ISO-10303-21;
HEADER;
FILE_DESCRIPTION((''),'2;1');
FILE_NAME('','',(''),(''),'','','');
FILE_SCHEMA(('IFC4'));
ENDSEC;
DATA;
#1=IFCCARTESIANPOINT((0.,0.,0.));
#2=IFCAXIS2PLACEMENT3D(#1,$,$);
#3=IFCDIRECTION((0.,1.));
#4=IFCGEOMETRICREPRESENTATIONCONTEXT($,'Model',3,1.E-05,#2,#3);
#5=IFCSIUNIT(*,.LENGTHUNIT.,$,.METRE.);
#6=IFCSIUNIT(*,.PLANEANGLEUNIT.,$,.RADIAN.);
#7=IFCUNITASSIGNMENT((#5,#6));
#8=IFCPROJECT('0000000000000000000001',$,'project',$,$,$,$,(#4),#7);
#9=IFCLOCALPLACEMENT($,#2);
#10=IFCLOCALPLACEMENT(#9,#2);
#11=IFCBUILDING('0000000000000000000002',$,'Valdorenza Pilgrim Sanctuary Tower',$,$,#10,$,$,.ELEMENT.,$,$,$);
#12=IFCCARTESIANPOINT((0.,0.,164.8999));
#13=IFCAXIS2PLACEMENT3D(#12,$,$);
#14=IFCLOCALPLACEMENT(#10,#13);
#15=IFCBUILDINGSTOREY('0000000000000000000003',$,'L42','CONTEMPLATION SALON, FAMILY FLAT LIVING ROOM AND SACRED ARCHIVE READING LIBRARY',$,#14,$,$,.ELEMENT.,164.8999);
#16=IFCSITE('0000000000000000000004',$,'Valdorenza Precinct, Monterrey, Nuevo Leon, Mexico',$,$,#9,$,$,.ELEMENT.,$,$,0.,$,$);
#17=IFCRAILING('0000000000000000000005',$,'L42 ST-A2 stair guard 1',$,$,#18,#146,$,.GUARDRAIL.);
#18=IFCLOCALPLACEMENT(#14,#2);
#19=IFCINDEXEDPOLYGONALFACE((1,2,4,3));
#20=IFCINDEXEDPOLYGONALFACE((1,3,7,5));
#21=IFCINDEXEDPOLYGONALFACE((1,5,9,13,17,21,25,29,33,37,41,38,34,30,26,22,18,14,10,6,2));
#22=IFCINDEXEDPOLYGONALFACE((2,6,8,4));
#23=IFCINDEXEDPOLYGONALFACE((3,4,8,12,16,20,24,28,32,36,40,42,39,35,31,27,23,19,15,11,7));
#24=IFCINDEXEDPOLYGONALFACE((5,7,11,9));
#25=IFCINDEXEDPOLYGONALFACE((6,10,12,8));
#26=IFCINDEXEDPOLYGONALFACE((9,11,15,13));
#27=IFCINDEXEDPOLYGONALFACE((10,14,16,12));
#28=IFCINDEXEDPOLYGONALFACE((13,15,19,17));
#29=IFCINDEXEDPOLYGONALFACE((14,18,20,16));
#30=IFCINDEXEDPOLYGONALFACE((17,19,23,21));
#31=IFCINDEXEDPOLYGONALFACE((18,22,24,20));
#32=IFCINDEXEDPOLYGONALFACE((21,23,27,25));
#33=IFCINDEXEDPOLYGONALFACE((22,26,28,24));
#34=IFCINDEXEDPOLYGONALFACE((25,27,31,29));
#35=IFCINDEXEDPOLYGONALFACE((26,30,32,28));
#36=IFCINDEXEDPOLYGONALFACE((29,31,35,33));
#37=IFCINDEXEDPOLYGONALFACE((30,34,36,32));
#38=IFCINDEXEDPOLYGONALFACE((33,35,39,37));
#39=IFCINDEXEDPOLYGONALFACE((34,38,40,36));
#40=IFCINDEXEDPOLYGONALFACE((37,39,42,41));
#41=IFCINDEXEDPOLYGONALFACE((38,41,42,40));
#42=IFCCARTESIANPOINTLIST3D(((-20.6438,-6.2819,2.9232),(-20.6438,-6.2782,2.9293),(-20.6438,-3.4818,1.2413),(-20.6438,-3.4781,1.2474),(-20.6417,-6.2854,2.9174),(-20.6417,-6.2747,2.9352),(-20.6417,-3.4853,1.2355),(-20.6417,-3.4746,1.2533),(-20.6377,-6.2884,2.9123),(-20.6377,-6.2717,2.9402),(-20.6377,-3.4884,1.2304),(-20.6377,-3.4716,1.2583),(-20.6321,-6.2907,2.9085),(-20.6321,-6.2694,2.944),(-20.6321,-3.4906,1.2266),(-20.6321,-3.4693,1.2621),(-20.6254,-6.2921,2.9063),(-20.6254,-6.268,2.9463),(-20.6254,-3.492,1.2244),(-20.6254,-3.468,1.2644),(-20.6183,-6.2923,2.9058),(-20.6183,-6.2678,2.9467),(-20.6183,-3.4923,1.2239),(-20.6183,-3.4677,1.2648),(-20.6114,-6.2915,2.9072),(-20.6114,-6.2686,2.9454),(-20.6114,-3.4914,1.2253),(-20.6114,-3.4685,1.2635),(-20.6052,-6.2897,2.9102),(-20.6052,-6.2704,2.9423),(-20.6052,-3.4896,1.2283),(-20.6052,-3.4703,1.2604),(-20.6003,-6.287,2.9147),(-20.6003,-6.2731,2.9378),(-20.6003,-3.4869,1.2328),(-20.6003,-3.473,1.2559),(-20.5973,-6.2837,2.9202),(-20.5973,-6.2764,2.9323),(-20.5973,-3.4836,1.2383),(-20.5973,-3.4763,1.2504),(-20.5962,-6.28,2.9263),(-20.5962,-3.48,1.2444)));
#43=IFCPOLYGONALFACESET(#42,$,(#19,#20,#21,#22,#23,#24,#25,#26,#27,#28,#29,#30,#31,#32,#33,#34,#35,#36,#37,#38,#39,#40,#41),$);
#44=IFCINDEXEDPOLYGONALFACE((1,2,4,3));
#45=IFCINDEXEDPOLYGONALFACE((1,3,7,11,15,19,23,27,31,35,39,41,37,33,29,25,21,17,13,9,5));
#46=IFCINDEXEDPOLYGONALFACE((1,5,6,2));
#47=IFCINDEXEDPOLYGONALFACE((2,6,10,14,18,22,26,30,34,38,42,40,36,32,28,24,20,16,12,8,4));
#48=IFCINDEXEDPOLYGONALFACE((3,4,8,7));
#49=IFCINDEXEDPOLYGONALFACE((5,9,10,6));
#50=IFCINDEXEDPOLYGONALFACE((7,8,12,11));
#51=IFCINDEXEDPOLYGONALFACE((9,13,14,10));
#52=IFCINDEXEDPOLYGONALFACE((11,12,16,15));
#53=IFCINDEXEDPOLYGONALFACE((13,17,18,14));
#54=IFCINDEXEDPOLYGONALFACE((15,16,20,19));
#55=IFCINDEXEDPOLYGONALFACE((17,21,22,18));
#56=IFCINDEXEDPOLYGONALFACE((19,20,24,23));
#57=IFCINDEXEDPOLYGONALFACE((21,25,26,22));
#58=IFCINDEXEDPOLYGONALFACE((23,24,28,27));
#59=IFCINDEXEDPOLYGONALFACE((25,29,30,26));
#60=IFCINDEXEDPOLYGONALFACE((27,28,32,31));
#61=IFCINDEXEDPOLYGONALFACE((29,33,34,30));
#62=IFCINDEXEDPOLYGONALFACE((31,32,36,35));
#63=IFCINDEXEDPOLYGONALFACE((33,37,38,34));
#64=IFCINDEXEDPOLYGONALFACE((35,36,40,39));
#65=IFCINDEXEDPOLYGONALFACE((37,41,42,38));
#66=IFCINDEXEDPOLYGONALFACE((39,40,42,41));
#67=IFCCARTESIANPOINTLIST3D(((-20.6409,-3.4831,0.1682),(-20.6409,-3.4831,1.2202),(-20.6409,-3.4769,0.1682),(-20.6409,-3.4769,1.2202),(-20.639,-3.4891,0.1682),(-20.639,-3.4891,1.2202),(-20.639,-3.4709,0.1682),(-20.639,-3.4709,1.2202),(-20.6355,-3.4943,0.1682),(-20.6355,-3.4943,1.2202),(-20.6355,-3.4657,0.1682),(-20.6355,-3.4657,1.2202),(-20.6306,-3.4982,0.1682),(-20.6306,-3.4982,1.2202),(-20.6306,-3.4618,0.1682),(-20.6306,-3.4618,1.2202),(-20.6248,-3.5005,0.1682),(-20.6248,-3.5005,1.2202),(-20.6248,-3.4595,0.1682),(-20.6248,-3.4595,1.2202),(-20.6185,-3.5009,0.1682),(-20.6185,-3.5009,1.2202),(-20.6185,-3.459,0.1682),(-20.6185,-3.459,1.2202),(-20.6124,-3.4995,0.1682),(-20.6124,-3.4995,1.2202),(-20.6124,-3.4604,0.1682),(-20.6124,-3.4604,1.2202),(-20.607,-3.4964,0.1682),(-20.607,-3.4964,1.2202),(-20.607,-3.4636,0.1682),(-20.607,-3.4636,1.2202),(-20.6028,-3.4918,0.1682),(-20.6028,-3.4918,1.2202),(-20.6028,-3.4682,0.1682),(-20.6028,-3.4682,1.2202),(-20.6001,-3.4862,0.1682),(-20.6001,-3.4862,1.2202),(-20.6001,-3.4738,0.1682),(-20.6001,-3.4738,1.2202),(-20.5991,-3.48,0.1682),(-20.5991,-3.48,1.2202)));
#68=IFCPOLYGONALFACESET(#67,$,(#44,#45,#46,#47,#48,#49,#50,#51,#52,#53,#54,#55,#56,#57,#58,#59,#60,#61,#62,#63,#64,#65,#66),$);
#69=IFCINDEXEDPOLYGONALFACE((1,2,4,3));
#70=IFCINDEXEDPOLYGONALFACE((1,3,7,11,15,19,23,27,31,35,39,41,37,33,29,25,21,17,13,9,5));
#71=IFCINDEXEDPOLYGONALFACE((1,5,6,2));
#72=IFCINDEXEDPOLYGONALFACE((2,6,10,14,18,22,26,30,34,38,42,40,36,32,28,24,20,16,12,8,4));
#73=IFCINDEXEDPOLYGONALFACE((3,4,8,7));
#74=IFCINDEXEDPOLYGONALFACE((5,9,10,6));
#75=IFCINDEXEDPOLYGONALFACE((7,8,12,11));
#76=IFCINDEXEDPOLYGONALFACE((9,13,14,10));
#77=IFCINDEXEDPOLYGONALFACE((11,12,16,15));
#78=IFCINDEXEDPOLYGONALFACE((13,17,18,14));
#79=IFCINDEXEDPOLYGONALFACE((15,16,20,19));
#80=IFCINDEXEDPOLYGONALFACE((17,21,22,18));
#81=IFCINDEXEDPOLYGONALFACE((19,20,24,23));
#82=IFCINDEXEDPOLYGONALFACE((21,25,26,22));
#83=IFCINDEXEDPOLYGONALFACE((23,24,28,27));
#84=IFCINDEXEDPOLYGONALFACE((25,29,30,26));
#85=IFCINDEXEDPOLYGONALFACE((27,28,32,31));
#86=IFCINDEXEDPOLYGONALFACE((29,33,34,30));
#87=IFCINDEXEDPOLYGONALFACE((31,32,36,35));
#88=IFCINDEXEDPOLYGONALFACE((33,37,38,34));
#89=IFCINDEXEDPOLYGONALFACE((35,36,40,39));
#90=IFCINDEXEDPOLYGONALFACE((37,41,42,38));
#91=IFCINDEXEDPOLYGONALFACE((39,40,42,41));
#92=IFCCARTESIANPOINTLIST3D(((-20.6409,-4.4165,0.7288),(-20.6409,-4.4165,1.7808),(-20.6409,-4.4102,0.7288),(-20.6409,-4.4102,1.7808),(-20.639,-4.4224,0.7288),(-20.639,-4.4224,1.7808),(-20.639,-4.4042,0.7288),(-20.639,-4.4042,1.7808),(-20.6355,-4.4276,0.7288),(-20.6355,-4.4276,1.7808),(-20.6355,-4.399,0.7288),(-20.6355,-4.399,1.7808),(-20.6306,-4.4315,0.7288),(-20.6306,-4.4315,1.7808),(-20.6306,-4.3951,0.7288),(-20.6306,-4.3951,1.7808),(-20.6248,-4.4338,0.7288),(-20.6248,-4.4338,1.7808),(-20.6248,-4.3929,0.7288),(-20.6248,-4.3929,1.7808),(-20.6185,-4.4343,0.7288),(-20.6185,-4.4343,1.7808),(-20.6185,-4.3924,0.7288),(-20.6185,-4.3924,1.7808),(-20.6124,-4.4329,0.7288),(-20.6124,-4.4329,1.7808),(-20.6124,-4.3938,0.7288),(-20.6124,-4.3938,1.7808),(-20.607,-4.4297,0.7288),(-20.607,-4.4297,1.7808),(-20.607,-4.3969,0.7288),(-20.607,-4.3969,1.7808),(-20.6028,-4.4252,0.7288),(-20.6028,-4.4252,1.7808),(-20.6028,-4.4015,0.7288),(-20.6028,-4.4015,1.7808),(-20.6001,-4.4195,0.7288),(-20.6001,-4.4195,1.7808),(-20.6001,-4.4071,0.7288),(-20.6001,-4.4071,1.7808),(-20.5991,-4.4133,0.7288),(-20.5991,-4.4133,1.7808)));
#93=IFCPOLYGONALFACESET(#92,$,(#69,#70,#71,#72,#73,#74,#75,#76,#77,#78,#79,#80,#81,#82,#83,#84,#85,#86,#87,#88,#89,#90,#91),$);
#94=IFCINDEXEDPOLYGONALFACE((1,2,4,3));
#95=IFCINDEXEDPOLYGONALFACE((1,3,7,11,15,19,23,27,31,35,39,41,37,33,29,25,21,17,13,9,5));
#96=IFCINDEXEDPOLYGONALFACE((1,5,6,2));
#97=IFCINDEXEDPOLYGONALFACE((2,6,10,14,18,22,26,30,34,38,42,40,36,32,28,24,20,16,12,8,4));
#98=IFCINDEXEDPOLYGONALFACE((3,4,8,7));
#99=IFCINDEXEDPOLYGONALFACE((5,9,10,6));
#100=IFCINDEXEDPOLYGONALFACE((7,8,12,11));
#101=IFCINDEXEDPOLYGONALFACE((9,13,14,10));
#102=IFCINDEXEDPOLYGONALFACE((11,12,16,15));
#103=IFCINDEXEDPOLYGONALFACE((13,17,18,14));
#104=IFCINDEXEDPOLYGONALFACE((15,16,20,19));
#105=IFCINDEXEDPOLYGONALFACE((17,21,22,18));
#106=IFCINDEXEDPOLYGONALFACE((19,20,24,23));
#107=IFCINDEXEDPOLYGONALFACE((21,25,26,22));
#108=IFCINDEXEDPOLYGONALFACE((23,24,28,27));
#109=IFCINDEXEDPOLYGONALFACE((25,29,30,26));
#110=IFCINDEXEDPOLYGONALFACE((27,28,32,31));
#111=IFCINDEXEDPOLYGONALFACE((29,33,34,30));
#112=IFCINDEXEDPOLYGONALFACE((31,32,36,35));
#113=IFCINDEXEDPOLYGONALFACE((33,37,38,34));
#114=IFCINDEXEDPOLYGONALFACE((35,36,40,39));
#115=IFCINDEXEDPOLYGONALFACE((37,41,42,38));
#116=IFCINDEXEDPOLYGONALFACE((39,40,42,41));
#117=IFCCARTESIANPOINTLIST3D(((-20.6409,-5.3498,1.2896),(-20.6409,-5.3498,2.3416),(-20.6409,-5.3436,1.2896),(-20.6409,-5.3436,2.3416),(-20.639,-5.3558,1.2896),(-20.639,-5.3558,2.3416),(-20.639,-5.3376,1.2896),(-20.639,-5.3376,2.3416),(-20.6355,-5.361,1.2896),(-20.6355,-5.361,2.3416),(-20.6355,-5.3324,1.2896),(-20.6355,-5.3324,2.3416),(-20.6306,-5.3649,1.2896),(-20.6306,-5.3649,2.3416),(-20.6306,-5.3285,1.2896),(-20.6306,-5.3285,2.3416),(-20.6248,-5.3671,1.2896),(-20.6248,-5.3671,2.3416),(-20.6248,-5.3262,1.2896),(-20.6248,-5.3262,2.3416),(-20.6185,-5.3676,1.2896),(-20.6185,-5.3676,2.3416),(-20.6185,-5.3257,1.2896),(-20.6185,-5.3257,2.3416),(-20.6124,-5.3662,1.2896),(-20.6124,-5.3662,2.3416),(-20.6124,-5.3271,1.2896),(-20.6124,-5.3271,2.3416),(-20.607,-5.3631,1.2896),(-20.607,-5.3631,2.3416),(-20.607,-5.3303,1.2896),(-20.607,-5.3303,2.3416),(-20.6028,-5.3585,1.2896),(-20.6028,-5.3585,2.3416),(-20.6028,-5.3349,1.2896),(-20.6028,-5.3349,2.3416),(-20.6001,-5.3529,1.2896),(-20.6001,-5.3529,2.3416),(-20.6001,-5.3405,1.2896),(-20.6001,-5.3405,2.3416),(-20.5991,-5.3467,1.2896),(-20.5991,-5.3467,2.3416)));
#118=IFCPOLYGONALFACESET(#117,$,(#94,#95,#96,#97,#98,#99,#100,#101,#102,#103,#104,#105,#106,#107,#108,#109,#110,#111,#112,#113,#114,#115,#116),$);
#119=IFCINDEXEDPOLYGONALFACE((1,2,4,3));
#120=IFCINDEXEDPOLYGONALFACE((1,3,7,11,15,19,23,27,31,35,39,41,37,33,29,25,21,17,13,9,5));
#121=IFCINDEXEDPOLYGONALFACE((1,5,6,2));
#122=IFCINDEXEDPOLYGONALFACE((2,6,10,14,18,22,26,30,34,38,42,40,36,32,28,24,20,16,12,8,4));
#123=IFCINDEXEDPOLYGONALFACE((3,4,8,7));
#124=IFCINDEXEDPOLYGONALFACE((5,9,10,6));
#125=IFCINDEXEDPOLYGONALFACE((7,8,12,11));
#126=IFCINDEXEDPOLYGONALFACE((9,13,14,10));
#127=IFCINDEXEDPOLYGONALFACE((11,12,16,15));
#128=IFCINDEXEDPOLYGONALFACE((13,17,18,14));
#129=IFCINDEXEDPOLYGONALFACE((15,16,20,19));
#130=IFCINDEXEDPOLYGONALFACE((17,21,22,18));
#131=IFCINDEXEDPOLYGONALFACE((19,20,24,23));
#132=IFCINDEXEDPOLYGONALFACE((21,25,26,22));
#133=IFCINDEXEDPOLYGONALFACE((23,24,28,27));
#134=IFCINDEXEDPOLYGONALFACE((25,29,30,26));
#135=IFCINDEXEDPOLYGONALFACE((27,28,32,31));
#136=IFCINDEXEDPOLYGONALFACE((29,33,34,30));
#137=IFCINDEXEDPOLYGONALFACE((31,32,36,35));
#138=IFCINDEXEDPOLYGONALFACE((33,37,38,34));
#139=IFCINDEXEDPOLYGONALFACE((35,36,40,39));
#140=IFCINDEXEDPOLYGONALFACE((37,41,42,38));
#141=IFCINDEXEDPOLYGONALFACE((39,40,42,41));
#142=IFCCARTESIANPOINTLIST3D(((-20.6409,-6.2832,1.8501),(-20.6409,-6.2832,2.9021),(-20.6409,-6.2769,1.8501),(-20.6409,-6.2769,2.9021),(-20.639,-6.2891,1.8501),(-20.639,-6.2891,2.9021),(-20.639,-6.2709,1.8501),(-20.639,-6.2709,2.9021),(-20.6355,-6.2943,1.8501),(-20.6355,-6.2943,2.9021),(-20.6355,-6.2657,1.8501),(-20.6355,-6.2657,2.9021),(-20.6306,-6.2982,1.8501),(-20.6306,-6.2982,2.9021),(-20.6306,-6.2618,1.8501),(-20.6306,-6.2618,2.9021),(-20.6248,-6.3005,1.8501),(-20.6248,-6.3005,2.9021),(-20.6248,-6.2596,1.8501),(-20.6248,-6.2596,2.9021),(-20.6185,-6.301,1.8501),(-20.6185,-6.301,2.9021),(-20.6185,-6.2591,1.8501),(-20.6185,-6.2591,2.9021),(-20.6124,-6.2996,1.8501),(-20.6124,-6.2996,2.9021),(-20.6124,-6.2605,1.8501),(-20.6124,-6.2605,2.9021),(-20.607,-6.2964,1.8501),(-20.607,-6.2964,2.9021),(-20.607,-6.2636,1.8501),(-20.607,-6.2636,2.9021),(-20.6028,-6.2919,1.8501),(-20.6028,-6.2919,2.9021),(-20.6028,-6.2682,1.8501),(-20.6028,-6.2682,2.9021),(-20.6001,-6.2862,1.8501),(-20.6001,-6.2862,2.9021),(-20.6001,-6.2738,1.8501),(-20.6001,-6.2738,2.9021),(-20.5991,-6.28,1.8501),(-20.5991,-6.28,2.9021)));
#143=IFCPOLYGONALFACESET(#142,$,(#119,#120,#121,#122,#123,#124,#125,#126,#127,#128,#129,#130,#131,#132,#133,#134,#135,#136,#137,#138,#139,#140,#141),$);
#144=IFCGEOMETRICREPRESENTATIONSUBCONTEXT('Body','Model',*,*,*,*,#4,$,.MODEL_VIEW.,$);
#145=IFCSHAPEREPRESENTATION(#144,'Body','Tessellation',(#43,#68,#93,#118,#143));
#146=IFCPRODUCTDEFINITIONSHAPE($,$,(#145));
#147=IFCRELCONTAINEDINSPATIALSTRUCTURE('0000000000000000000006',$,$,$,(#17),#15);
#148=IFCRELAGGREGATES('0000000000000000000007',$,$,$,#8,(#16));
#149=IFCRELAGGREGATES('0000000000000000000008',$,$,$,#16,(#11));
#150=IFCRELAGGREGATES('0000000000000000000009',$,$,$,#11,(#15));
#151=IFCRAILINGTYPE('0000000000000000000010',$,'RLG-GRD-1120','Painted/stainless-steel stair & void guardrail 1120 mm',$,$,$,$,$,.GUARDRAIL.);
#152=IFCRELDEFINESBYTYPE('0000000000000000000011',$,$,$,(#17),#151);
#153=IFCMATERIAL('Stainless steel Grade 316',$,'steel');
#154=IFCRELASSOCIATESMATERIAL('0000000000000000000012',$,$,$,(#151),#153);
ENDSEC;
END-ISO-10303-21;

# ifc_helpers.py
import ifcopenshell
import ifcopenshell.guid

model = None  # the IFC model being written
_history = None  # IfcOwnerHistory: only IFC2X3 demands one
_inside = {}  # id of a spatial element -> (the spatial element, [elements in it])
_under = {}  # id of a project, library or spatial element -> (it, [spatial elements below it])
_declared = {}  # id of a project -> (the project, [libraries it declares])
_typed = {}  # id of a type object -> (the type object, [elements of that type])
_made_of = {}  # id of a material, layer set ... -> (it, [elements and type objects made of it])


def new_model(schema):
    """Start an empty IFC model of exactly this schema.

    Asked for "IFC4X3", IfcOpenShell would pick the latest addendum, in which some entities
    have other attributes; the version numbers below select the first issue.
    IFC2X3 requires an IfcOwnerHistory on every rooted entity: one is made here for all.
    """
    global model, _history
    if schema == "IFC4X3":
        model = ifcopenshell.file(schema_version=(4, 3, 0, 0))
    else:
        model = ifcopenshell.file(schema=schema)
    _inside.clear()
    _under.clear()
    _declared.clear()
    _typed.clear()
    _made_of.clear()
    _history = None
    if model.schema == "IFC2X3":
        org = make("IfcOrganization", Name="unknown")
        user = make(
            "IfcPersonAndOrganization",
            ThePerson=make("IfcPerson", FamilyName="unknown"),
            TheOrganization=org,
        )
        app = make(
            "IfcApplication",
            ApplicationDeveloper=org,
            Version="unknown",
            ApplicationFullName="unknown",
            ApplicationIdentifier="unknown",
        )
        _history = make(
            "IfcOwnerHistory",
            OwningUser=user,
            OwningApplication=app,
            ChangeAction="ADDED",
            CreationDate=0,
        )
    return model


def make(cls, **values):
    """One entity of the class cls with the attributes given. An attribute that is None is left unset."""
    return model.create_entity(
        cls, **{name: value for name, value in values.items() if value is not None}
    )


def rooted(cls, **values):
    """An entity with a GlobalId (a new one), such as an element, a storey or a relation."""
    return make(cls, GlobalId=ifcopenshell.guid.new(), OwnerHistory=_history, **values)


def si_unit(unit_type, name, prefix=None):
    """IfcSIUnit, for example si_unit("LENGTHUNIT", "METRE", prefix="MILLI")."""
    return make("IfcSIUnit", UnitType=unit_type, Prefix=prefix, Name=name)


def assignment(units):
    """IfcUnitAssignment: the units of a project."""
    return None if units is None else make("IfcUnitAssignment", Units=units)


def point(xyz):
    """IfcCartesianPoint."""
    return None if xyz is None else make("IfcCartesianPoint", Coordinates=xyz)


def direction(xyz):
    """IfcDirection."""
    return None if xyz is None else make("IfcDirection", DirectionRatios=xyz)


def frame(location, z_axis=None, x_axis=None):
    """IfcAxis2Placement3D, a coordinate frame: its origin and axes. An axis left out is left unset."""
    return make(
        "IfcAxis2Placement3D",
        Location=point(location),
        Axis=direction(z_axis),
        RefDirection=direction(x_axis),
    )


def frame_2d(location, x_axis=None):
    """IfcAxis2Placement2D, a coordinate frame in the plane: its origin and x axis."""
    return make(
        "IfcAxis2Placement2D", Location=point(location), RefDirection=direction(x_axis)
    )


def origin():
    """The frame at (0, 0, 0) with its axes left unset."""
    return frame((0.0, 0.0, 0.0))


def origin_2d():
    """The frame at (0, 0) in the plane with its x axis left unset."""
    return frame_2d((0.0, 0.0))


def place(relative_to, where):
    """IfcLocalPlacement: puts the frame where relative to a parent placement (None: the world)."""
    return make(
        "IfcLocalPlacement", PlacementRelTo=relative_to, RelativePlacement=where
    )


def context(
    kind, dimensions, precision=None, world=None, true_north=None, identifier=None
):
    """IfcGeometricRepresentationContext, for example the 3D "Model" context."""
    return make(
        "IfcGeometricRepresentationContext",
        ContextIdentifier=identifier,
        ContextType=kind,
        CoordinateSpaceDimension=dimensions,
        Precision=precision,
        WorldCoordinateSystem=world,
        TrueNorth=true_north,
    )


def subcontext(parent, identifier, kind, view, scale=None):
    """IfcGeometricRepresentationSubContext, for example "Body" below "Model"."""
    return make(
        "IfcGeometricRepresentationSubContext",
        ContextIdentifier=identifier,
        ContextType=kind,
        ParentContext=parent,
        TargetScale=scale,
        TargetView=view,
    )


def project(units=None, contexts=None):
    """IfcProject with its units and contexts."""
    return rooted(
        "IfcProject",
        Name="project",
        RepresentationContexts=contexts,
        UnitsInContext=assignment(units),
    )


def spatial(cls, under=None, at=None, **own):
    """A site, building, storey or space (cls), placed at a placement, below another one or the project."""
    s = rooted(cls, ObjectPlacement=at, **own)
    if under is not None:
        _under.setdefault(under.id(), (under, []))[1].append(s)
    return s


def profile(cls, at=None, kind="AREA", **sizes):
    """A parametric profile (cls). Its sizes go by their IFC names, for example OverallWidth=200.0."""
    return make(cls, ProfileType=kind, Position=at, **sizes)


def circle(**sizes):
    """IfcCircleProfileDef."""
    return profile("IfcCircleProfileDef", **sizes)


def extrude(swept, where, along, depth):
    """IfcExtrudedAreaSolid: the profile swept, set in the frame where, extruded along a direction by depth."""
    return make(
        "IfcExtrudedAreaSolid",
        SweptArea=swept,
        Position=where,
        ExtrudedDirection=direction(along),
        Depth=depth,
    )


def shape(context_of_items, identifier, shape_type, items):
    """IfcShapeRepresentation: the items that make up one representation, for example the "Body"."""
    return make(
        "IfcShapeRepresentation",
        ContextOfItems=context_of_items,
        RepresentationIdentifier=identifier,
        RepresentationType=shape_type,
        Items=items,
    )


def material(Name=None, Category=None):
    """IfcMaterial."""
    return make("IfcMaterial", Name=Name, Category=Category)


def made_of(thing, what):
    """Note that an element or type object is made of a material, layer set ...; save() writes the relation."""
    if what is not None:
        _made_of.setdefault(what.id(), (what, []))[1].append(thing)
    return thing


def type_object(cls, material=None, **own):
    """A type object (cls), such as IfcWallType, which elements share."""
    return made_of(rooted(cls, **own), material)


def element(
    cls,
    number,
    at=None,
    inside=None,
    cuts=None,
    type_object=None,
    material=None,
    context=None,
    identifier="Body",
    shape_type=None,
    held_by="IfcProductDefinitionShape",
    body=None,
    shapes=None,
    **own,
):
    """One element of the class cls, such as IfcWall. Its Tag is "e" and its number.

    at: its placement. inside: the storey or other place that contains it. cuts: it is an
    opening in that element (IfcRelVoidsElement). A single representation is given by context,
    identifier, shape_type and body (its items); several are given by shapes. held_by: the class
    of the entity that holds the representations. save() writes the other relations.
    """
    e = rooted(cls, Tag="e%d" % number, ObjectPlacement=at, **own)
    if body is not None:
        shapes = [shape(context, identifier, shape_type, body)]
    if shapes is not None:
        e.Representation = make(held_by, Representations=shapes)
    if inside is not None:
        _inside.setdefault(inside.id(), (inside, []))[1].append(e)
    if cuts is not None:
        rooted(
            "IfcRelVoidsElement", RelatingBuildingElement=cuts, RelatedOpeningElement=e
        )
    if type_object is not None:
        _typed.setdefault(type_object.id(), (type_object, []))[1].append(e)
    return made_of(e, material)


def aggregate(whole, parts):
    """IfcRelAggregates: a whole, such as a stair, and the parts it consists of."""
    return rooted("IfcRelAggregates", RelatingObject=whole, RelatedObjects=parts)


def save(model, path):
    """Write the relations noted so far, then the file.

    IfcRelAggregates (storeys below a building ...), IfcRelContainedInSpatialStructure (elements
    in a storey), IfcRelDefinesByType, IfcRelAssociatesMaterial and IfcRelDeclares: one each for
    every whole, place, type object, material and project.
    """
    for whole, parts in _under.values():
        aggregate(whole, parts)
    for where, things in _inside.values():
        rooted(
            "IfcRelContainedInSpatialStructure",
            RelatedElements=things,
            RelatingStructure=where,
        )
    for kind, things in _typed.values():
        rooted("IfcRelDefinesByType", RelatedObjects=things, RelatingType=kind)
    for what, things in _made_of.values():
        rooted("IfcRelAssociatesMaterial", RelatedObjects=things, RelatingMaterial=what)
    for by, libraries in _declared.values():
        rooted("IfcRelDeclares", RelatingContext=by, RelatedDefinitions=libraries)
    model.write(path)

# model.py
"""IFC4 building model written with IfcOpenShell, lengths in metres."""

from ifc_helpers import new_model, si_unit, direction, frame, origin, origin_2d, place, context, subcontext, project, spatial, circle, extrude, material, type_object, element, save


model = new_model("IFC4")

# Units and contexts
model_context = context("Model", 3, precision=1e-05, world=origin(), true_north=direction((0.0, 1.0)))
body_context = subcontext(model_context, "Body", "Model", "MODEL_VIEW")
ifc_project = project(units=[si_unit("LENGTHUNIT", "METRE"), si_unit("PLANEANGLEUNIT", "RADIAN")], contexts=[model_context])

# Site, building, storey
site_placement = place(None, origin())
site = spatial("IfcSite", under=ifc_project, at=site_placement, Name="Valdorenza Precinct, Monterrey, Nuevo Leon, Mexico", CompositionType="ELEMENT", RefElevation=0.0)
building_placement = place(site_placement, origin())
building = spatial("IfcBuilding", under=site, at=building_placement, Name="Valdorenza Pilgrim Sanctuary Tower", CompositionType="ELEMENT")
storey_placement = place(building_placement, frame((0.0, 0.0, 164.8999)))
storey = spatial("IfcBuildingStorey", under=building, at=storey_placement, Name="L42", Description="CONTEMPLATION SALON, FAMILY FLAT LIVING ROOM AND SACRED ARCHIVE READING LIBRARY", CompositionType="ELEMENT", Elevation=164.8999)

# Railing
ifc_material_1 = material(Name="Stainless steel Grade 316", Category="steel")
railing_type_1 = type_object("IfcRailingType", Name="RLG-GRD-1120", Description="Painted/stainless-steel stair & void guardrail 1120 mm", PredefinedType="GUARDRAIL", material=ifc_material_1)
railing_1_placement = place(storey_placement, frame((-20.6201, -3.48, 0.1682)))
element("IfcRailing", 1, at=railing_1_placement, inside=storey, type_object=railing_type_1, Name="L42 ST-A2 stair guard 1", PredefinedType="GUARDRAIL", context=body_context, shape_type="SweptSolid", body=[
    extrude(circle(Radius=0.0239, at=origin_2d()), frame((0.0, 0.0, 1.0762), z_axis=(0.0, -0.857242, 0.514913), x_axis=(1.0, 0.0, 0.0)), (0.0, 0.0, 1.0), 3.2664),
    extrude(circle(Radius=0.021, at=origin_2d()), origin(), (0.0, 0.0, 1.0), 1.052),
    extrude(circle(Radius=0.021, at=origin_2d()), frame((0.0, -0.9333, 0.5605)), (0.0, 0.0, 1.0), 1.052),
    extrude(circle(Radius=0.021, at=origin_2d()), frame((0.0, -1.8667, 1.1213)), (0.0, 0.0, 1.0), 1.052),
    extrude(circle(Radius=0.021, at=origin_2d()), frame((0.0, -2.8, 1.6819)), (0.0, 0.0, 1.0), 1.052),
])

save(model, "model.ifc")
